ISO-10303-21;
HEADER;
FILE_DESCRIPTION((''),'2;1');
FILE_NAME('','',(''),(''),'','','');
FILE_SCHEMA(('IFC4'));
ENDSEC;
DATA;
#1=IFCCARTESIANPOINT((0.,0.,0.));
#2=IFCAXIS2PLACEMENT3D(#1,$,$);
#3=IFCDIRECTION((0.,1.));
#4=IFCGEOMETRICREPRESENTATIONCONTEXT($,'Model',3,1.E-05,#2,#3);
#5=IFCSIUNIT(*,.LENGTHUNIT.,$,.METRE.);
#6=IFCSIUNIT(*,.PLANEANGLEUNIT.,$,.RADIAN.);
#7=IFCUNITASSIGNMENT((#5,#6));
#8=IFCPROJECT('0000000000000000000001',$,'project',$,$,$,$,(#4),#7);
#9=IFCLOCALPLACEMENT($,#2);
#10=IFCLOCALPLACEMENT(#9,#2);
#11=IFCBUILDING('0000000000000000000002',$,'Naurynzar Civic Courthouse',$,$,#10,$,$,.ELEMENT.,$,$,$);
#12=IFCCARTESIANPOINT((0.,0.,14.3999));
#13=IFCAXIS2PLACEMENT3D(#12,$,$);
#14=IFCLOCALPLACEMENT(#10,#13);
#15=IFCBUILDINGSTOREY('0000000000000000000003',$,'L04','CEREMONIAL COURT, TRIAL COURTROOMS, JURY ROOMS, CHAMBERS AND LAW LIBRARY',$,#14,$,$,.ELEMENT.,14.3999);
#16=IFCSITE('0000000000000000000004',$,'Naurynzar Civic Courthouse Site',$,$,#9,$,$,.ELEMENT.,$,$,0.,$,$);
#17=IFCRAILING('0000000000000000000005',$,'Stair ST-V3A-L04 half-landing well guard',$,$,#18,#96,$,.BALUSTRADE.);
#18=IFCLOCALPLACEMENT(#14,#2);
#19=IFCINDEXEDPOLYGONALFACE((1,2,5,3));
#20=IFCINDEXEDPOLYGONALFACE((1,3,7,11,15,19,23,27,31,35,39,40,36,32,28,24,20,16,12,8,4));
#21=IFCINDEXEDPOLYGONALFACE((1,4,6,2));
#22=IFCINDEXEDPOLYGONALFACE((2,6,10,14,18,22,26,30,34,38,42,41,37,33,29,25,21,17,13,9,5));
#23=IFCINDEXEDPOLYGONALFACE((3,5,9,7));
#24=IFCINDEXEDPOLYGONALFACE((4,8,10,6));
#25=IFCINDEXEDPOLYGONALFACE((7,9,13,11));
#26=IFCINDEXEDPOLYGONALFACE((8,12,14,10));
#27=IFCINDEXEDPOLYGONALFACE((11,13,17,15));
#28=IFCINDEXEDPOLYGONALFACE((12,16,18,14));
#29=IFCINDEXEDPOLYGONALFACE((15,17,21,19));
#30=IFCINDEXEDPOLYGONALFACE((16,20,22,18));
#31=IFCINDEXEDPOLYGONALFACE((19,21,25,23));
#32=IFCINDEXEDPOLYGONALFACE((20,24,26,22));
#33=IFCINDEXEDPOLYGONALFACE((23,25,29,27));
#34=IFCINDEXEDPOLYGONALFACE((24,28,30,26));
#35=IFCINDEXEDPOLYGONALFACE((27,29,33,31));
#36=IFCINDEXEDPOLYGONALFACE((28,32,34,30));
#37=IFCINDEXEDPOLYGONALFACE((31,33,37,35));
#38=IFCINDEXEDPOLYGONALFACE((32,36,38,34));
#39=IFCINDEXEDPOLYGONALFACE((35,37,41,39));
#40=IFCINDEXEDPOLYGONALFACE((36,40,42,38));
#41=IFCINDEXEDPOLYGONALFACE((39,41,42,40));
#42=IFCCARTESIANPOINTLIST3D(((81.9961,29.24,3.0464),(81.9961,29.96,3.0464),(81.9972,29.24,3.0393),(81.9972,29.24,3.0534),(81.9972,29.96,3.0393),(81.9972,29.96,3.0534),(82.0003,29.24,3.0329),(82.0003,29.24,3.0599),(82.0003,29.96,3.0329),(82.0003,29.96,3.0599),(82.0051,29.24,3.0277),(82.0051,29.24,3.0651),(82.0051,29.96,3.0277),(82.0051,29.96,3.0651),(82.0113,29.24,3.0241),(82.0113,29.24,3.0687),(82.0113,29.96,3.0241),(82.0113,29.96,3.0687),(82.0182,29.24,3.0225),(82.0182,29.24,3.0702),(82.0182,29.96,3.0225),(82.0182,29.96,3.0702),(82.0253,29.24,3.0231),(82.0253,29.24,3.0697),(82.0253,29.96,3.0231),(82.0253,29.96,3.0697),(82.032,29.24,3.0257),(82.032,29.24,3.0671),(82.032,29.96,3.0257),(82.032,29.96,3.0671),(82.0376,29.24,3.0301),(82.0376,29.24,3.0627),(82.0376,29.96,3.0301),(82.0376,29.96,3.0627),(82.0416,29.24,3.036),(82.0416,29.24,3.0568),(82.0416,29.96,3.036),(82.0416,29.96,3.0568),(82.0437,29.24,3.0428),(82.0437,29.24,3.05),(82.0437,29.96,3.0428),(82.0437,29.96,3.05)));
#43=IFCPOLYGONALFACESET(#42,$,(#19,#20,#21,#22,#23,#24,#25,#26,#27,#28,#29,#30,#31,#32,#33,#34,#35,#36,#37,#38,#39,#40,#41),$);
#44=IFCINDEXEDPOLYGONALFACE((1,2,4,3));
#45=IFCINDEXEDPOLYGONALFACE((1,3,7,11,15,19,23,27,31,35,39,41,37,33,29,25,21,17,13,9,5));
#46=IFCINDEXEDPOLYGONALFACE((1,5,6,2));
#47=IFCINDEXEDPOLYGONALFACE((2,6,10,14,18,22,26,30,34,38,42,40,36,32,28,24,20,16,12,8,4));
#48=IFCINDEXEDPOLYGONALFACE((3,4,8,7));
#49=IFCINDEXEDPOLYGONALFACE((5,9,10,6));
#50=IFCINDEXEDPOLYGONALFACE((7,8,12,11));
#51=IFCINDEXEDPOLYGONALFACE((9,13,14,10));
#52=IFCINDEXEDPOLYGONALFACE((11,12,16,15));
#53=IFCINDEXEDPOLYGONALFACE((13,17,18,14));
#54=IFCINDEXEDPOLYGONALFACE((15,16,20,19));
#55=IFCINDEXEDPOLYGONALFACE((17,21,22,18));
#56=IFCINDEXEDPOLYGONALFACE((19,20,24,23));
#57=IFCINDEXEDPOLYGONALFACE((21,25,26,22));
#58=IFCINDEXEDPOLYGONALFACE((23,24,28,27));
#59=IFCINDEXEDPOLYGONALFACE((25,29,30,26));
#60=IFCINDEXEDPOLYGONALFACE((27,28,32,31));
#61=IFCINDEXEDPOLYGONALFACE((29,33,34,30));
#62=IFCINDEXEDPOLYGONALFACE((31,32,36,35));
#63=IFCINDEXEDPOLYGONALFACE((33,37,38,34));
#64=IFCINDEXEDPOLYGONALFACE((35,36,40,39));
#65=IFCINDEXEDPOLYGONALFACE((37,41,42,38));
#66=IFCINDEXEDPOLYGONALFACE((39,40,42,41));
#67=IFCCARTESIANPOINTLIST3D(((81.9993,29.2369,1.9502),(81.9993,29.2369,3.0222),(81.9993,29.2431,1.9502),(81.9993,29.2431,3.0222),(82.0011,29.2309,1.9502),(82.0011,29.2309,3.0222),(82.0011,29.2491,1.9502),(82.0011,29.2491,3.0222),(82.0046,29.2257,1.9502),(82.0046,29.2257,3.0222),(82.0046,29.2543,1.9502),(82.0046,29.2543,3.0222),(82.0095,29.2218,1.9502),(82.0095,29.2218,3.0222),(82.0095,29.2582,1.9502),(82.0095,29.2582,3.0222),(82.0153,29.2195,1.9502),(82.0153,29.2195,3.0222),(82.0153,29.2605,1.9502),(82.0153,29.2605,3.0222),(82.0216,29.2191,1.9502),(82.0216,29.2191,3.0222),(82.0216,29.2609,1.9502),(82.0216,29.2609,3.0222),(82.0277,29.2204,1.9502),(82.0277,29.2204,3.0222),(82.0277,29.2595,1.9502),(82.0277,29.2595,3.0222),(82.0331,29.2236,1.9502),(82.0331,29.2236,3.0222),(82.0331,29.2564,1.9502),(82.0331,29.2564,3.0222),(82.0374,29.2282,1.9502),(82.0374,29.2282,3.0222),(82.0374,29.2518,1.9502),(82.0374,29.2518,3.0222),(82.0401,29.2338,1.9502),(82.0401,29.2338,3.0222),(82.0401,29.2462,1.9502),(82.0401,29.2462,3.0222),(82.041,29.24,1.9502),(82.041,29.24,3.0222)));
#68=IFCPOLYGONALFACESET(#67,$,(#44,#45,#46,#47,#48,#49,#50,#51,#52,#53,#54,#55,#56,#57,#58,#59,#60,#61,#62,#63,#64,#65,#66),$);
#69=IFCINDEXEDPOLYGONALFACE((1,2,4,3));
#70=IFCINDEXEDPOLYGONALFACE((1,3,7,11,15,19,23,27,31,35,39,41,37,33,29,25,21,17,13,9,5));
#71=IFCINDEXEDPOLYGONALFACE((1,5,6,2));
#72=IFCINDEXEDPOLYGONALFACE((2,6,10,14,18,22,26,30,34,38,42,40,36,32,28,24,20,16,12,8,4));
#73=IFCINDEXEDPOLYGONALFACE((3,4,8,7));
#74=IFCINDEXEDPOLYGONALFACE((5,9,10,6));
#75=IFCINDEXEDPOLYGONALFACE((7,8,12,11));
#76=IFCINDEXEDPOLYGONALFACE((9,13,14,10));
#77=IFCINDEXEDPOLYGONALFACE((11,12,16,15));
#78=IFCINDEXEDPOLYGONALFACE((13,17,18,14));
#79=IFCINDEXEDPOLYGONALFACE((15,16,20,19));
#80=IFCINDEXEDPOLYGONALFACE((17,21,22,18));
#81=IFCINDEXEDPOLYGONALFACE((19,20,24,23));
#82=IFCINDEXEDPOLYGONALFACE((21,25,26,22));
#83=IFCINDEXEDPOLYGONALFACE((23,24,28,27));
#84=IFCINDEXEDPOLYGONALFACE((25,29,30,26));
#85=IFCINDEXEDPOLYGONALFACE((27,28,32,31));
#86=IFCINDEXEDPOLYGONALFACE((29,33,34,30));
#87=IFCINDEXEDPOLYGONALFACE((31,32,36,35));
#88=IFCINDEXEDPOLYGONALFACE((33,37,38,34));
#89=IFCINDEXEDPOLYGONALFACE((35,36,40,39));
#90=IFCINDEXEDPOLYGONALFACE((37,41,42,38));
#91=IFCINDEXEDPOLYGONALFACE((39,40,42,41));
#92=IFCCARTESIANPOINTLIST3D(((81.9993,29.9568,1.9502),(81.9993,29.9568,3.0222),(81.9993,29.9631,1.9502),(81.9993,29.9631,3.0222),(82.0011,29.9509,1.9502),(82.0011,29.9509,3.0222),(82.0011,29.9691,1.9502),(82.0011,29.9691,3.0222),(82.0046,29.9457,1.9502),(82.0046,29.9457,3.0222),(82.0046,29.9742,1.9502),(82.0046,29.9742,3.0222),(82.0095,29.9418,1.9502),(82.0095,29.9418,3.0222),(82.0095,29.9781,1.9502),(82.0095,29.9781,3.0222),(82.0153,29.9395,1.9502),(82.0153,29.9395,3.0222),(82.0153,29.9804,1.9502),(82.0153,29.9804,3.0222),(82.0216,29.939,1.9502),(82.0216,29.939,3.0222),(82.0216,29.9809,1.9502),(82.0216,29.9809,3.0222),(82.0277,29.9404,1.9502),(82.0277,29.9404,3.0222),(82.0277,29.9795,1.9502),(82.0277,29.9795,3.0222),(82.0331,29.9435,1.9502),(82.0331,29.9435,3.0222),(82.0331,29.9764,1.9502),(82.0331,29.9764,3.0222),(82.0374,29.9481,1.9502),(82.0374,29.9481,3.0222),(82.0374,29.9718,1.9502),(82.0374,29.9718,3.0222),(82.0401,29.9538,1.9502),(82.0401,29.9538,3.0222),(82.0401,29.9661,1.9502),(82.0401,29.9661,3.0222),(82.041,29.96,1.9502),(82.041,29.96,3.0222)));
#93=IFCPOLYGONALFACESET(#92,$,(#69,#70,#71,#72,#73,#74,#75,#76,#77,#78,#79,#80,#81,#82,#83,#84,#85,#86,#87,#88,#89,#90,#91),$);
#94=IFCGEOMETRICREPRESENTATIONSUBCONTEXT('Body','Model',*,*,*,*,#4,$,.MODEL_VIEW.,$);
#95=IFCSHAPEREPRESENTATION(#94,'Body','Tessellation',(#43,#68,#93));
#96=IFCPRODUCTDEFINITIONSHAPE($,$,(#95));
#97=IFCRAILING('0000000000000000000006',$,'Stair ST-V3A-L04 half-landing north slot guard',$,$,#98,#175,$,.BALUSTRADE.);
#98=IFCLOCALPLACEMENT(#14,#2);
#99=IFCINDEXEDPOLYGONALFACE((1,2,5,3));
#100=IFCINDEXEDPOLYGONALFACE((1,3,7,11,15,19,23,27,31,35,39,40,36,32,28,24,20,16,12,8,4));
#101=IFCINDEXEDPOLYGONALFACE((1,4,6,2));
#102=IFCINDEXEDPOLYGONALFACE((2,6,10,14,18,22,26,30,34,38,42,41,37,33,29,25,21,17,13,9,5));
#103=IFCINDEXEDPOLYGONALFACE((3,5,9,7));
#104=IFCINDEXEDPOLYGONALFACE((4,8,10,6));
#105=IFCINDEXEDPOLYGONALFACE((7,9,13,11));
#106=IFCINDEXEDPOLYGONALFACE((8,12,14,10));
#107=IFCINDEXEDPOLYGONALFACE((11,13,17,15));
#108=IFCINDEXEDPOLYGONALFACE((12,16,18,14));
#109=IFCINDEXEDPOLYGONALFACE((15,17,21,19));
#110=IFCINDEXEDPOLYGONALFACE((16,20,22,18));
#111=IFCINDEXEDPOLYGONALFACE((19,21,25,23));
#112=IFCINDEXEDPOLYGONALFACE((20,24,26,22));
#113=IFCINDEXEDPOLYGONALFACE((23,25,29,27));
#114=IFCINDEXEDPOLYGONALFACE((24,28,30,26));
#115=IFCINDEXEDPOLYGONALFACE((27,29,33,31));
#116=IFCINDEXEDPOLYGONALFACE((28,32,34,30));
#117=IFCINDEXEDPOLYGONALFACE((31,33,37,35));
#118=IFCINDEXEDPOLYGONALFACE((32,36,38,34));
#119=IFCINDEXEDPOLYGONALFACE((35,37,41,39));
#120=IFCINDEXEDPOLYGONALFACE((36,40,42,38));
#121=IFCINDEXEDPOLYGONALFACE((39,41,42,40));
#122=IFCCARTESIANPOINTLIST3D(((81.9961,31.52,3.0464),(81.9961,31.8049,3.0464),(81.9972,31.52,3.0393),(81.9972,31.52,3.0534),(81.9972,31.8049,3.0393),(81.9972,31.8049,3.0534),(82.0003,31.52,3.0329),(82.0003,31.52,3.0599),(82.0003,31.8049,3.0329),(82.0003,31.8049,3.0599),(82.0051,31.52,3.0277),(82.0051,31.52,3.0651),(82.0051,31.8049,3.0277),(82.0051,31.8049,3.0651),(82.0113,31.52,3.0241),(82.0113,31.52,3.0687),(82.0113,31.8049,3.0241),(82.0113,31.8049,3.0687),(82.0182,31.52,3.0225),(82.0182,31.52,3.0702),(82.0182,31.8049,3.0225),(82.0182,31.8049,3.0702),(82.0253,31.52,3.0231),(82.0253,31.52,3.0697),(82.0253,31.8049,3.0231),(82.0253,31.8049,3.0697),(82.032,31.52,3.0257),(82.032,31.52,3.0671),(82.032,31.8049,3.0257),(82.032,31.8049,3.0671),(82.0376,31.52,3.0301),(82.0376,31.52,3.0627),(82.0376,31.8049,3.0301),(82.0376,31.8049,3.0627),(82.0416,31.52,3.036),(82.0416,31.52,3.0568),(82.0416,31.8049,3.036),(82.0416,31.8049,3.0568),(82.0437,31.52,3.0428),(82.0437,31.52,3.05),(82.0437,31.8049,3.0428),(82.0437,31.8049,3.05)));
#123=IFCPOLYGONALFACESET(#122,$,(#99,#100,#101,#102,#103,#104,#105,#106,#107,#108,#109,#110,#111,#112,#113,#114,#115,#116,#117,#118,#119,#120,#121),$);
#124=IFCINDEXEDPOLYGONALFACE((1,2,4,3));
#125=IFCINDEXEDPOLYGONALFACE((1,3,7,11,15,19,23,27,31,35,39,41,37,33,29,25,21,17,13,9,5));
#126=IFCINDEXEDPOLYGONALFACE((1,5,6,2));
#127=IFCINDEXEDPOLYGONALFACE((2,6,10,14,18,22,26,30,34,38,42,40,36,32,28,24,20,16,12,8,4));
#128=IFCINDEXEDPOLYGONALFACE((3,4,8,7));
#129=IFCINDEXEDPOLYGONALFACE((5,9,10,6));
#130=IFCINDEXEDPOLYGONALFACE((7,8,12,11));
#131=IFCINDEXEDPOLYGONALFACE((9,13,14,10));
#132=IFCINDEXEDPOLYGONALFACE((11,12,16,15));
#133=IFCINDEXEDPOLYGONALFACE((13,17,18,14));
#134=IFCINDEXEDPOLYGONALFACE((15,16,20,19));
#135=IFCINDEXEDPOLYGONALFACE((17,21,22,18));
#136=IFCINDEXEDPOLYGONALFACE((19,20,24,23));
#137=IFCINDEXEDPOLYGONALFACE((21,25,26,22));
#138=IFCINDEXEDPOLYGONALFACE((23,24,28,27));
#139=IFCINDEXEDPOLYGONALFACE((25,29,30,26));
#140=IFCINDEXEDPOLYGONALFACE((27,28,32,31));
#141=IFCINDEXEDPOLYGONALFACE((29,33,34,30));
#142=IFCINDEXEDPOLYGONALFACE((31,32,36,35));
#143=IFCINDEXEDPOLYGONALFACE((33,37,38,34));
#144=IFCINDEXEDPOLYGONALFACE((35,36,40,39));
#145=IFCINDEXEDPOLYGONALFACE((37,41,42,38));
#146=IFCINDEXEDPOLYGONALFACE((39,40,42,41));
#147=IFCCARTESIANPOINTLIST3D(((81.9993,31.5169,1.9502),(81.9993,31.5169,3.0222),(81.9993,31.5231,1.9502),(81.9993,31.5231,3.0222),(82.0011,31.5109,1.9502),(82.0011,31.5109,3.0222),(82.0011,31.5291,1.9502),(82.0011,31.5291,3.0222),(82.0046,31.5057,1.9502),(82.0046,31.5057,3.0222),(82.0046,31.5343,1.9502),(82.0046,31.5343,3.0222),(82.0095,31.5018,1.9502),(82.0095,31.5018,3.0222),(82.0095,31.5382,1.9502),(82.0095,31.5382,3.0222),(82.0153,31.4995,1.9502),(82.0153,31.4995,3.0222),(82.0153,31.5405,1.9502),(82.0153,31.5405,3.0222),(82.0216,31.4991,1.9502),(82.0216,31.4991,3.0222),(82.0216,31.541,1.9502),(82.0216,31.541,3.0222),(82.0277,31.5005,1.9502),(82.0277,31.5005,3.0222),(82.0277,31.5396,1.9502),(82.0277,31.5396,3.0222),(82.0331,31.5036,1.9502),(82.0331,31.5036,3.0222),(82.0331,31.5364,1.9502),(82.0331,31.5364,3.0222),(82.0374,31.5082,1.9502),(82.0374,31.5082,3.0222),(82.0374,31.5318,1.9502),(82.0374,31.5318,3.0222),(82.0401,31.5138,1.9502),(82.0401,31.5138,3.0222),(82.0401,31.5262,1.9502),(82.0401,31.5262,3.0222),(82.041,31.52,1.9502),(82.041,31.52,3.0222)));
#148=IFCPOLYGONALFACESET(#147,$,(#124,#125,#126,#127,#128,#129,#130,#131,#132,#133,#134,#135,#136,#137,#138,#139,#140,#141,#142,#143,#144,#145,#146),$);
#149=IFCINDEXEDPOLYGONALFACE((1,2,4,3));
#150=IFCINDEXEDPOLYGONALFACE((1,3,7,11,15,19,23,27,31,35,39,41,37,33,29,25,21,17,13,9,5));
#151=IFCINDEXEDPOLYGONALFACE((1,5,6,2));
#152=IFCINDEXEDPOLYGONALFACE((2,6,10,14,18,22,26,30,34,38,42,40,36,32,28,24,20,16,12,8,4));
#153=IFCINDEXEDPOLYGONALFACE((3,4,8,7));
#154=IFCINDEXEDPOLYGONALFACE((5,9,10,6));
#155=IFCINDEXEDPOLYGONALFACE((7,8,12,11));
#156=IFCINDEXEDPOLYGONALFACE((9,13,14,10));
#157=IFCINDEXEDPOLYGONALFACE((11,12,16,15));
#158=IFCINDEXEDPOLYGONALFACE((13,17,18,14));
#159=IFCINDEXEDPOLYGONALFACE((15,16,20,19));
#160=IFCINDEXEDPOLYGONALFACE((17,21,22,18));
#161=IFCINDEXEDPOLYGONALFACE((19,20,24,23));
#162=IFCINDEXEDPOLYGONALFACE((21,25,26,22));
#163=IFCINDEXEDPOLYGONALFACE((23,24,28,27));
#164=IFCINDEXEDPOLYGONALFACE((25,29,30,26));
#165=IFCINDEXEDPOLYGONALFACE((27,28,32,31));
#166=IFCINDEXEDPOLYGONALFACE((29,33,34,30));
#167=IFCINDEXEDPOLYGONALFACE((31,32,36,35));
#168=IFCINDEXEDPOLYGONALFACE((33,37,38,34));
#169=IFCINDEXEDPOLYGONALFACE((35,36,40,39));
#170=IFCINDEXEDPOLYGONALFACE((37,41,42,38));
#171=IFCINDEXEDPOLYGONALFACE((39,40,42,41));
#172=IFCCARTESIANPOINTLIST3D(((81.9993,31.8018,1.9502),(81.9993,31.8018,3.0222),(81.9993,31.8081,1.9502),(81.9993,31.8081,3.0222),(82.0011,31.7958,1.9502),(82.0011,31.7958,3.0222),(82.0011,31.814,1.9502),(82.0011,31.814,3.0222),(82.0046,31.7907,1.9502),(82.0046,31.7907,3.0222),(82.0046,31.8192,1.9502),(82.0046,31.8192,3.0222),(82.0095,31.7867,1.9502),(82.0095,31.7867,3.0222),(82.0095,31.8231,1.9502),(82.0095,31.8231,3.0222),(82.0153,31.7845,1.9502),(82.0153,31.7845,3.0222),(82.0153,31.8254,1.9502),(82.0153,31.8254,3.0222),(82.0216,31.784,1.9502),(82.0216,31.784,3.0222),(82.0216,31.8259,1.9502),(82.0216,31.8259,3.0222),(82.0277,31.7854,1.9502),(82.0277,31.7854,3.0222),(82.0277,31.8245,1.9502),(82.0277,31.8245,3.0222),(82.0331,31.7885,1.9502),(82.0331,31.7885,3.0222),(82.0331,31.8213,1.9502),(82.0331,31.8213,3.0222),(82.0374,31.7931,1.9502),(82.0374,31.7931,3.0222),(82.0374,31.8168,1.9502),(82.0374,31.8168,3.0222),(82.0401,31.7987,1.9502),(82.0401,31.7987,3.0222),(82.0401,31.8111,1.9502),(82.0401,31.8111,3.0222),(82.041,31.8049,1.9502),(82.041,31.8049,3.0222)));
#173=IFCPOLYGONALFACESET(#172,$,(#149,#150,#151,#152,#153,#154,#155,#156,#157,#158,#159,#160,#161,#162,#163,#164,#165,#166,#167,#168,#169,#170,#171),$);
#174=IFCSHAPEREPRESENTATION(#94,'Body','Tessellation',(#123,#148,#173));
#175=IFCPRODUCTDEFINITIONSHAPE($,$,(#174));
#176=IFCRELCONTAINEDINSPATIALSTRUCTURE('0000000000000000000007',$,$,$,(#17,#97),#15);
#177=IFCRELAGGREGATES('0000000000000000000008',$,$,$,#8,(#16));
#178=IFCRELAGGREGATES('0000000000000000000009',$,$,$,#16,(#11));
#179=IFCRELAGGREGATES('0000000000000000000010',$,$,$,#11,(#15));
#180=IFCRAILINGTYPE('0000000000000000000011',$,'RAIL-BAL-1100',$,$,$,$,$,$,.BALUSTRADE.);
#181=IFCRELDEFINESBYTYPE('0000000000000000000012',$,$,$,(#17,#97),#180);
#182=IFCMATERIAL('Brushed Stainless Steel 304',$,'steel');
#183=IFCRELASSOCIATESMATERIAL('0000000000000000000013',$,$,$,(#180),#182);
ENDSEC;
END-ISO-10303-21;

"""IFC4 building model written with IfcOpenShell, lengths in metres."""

from ifc_helpers import new_model, si_unit, direction, frame, origin, origin_2d, place, context, subcontext, project, spatial, circle, extrude, material, type_object, element, save


model = new_model("IFC4")

# Units and contexts
model_context = context("Model", 3, precision=1e-05, world=origin(), true_north=direction((0.0, 1.0)))
body_context = subcontext(model_context, "Body", "Model", "MODEL_VIEW")
ifc_project = project(units=[si_unit("LENGTHUNIT", "METRE"), si_unit("PLANEANGLEUNIT", "RADIAN")], contexts=[model_context])

# Site, building, storey
site_placement = place(None, origin())
site = spatial("IfcSite", under=ifc_project, at=site_placement, Name="Naurynzar Civic Courthouse Site", CompositionType="ELEMENT", RefElevation=0.0)
building_placement = place(site_placement, origin())
building = spatial("IfcBuilding", under=site, at=building_placement, Name="Naurynzar Civic Courthouse", CompositionType="ELEMENT")
storey_placement = place(building_placement, frame((0.0, 0.0, 14.3999)))
storey = spatial("IfcBuildingStorey", under=building, at=storey_placement, Name="L04", Description="CEREMONIAL COURT, TRIAL COURTROOMS, JURY ROOMS, CHAMBERS AND LAW LIBRARY", CompositionType="ELEMENT", Elevation=14.3999)

# Railings
ifc_material_1 = material(Name="Brushed Stainless Steel 304", Category="steel")
railing_type_1 = type_object("IfcRailingType", Name="RAIL-BAL-1100", PredefinedType="BALUSTRADE", material=ifc_material_1)
for number, where, name in (
    (1, (82.02, 29.24, 1.9502), "Stair ST-V3A-L04 half-landing well guard"),
):
    element("IfcRailing", number, at=place(storey_placement, frame(where)), inside=storey, type_object=railing_type_1, Name=name, PredefinedType="BALUSTRADE", context=body_context, shape_type="SweptSolid", body=[
        extrude(circle(Radius=0.0239, at=origin_2d()), frame((0.0, 0.0, 1.0962), z_axis=(0.0, 1.0, 0.0), x_axis=(-1.0, 0.0, 0.0)), (0.0, 0.0, 1.0), 0.72),
        extrude(circle(Radius=0.021, at=origin_2d()), origin(), (0.0, 0.0, 1.0), 1.072),
        extrude(circle(Radius=0.021, at=origin_2d()), frame((0.0, 0.72, 0.0)), (0.0, 0.0, 1.0), 1.072),
    ])
railing_1_placement = place(storey_placement, frame((82.02, 31.52, 1.9502)))
element("IfcRailing", 2, at=railing_1_placement, inside=storey, type_object=railing_type_1, Name="Stair ST-V3A-L04 half-landing north slot guard", PredefinedType="BALUSTRADE", context=body_context, shape_type="SweptSolid", body=[
    extrude(circle(Radius=0.0239, at=origin_2d()), frame((0.0, 0.0, 1.0962), z_axis=(0.0, 1.0, 0.0), x_axis=(-1.0, 0.0, 0.0)), (0.0, 0.0, 1.0), 0.2849),
    extrude(circle(Radius=0.021, at=origin_2d()), origin(), (0.0, 0.0, 1.0), 1.072),
    extrude(circle(Radius=0.021, at=origin_2d()), frame((0.0, 0.2849, 0.0)), (0.0, 0.0, 1.0), 1.072),
])

save(model, "model.ifc")
